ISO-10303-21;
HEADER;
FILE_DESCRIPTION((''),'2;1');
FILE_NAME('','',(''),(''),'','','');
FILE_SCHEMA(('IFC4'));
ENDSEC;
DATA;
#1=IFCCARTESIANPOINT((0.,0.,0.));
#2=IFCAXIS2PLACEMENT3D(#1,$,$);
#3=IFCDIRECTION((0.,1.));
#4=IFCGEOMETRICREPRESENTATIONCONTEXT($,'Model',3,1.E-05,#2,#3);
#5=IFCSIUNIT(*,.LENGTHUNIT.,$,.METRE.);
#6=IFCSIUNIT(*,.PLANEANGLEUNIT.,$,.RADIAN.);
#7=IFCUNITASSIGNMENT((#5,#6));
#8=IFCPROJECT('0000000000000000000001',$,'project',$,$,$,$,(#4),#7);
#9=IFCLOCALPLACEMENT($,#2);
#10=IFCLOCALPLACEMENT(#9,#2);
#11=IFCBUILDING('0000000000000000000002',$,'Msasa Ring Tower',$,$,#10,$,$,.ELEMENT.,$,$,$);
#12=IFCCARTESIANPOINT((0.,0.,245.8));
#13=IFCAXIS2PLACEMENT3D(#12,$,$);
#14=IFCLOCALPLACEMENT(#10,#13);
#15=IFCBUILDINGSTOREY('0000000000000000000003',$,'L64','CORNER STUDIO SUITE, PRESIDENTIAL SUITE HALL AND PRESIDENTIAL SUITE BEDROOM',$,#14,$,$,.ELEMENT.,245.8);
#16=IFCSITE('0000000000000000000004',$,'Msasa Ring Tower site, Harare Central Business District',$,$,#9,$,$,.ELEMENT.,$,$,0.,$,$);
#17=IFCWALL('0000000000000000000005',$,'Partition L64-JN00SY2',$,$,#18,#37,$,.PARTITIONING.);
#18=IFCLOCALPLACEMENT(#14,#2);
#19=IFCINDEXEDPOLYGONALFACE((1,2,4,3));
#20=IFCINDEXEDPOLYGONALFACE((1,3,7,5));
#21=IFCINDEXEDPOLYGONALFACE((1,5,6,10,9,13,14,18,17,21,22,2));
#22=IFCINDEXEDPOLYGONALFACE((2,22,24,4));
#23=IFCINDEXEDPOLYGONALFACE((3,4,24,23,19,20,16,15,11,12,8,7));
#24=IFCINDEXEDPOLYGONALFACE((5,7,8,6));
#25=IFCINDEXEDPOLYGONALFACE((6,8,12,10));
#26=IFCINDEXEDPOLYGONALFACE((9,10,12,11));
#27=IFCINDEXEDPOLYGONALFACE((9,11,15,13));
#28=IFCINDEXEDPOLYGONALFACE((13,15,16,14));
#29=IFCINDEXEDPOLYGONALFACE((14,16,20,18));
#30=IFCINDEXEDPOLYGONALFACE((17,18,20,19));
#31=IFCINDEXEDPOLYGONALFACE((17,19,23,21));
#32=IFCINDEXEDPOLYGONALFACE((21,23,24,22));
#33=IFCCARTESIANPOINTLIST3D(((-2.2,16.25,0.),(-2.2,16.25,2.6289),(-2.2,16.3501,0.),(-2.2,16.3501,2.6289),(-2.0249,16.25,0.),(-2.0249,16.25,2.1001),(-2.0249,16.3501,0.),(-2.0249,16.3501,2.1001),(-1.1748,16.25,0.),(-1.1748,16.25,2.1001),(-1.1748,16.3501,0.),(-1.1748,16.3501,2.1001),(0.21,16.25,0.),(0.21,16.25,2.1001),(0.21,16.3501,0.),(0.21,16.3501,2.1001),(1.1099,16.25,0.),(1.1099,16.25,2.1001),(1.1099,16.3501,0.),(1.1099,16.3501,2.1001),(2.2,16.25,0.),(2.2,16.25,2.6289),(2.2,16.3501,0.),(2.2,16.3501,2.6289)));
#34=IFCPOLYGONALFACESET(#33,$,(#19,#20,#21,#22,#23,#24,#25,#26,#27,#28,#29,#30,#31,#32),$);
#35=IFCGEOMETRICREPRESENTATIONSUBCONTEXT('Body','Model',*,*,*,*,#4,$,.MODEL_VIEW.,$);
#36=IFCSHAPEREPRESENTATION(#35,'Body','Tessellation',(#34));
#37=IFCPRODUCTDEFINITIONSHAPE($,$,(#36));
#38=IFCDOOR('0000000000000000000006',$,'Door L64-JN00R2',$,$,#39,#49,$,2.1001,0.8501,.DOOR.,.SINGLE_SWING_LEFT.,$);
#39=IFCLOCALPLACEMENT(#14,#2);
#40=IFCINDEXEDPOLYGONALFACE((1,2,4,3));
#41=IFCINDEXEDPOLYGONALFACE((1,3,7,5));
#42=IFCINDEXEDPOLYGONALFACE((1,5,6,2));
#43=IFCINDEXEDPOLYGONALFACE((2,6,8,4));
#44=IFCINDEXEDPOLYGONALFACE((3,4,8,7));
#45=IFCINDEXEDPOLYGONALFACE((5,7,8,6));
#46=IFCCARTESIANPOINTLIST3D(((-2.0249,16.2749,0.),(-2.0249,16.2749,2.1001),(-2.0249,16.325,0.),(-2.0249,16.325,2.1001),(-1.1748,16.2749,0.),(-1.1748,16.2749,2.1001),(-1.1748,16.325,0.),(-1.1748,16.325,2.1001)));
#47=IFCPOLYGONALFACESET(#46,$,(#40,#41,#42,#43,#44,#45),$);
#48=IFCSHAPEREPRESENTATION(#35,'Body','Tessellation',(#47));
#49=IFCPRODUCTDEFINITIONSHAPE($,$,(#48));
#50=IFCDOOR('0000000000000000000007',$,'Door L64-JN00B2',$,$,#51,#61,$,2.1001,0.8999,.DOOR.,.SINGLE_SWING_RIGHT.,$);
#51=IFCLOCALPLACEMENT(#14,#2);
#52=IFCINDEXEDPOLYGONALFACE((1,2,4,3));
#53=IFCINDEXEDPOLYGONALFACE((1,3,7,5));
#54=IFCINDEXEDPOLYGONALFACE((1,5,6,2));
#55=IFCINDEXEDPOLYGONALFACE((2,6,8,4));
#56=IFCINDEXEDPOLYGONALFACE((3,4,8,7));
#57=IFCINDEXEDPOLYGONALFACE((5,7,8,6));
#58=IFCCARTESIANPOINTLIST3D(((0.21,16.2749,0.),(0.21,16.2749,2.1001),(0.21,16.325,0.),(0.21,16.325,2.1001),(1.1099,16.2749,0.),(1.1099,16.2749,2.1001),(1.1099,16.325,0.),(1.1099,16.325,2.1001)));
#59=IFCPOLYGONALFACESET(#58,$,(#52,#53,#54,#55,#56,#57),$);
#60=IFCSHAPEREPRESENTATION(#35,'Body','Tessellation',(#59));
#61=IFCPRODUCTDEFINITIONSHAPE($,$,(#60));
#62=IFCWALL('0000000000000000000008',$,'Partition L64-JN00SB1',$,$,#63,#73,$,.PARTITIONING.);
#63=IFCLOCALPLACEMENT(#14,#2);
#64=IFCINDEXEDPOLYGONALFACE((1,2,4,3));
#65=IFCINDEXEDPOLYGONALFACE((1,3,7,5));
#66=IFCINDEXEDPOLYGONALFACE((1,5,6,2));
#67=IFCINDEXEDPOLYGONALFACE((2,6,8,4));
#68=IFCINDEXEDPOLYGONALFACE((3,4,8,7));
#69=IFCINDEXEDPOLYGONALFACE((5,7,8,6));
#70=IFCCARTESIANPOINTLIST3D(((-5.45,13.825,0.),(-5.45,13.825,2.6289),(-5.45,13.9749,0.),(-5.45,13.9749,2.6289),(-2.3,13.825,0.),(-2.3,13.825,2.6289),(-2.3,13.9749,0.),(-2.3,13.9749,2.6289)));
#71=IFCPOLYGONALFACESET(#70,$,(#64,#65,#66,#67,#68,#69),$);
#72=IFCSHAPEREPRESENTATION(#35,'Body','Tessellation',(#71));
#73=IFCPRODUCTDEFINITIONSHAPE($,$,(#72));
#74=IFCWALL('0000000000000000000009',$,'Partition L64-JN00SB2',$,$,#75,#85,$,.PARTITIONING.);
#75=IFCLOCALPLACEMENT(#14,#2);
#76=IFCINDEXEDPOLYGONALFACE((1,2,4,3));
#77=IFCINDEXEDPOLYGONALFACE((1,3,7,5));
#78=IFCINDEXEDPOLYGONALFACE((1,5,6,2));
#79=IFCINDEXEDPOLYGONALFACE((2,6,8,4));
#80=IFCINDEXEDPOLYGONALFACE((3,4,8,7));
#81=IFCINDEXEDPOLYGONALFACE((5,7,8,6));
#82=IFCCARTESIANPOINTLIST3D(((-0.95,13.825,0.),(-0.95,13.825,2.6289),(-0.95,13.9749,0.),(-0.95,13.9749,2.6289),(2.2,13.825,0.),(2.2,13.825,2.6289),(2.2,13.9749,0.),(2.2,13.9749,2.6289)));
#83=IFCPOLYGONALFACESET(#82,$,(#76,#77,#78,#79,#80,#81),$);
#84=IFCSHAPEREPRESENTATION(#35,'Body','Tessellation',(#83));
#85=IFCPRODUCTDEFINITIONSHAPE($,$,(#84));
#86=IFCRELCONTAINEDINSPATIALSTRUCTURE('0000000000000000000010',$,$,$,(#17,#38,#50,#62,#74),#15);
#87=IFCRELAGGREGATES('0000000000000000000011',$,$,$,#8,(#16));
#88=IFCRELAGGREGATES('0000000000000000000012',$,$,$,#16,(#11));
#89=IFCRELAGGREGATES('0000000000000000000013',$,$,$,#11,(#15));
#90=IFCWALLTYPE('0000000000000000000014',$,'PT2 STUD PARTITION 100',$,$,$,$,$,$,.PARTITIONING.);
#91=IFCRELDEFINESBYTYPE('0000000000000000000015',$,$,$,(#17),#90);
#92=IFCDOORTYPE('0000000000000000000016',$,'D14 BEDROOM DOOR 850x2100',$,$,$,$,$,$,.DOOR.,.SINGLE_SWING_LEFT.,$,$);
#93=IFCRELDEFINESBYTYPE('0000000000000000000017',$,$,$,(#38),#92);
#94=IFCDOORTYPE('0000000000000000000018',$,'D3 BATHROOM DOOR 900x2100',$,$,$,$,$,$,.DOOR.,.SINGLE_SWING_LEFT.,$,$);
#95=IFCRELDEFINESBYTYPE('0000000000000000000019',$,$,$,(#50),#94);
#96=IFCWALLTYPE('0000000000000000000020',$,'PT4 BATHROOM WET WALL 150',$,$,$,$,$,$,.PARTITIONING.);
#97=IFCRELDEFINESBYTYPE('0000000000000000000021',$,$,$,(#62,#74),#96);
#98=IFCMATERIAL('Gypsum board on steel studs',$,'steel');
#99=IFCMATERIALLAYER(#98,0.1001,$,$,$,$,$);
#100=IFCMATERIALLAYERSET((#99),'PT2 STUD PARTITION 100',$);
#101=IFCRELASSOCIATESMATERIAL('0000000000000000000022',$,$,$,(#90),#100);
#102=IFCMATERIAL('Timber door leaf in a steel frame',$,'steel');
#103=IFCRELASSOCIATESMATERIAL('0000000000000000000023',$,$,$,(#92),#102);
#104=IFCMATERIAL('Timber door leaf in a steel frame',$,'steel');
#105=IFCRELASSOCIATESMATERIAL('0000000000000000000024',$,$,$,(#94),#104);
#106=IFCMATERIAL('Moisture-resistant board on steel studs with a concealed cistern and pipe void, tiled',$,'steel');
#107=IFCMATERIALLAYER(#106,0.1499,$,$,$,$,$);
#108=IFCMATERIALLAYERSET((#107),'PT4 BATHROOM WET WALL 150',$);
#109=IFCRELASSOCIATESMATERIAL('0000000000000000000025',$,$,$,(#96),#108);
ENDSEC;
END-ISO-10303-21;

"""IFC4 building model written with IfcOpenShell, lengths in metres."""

from ifc_helpers import new_model, si_unit, direction, frame, frame_2d, origin, place, context, subcontext, project, spatial, rectangle, extrude, material, layer, layer_set, type_object, element, fill, save


model = new_model("IFC4")

# Units and contexts
model_context = context("Model", 3, precision=1e-05, world=origin(), true_north=direction((0.0, 1.0)))
body_context = subcontext(model_context, "Body", "Model", "MODEL_VIEW")
ifc_project = project(units=[si_unit("LENGTHUNIT", "METRE"), si_unit("PLANEANGLEUNIT", "RADIAN")], contexts=[model_context])

# Site, building, storey
site_placement = place(None, origin())
site = spatial("IfcSite", under=ifc_project, at=site_placement, Name="Msasa Ring Tower site, Harare Central Business District", CompositionType="ELEMENT", RefElevation=0.0)
building_placement = place(site_placement, origin())
building = spatial("IfcBuilding", under=site, at=building_placement, Name="Msasa Ring Tower", CompositionType="ELEMENT")
storey_placement = place(building_placement, frame((0.0, 0.0, 245.8)))
storey = spatial("IfcBuildingStorey", under=building, at=storey_placement, Name="L64", Description="CORNER STUDIO SUITE, PRESIDENTIAL SUITE HALL AND PRESIDENTIAL SUITE BEDROOM", CompositionType="ELEMENT", Elevation=245.8)

# Wall, openings, doors
ifc_material_1 = material(Name="Gypsum board on steel studs", Category="steel")
ifc_layer_1 = layer(ifc_material_1, 0.1001)
ifc_layer_set_1 = layer_set([ifc_layer_1], Name="PT2 STUD PARTITION 100")
wall_type_1 = type_object("IfcWallType", Name="PT2 STUD PARTITION 100", PredefinedType="PARTITIONING", material=ifc_layer_set_1)
ifc_material_2 = material(Name="Timber door leaf in a steel frame", Category="steel")
door_type_1 = type_object("IfcDoorType", Name="D14 BEDROOM DOOR 850x2100", OperationType="SINGLE_SWING_LEFT", PredefinedType="DOOR", material=ifc_material_2)
ifc_material_3 = material(Name="Timber door leaf in a steel frame", Category="steel")
door_type_2 = type_object("IfcDoorType", Name="D3 BATHROOM DOOR 900x2100", OperationType="SINGLE_SWING_LEFT", PredefinedType="DOOR", material=ifc_material_3)
wall_1_placement = place(storey_placement, frame((-2.2, 16.3, 0.0), z_axis=(0.0, 0.0, 1.0), x_axis=(1.0, 0.0, 0.0)))
wall_1 = element("IfcWall", 1, at=wall_1_placement, inside=storey, type_object=wall_type_1, Name="Partition L64-JN00SY2", PredefinedType="PARTITIONING", context=body_context, shape_type="SweptSolid", body=[
    extrude(rectangle(XDim=4.3999, YDim=0.1001, at=frame_2d((2.2, 0.0))), origin(), (0.0, 0.0, 1.0), 2.6289),
])
opening_1_placement = place(wall_1_placement, frame((0.175, 0.0, 0.0)))
opening_1 = element("IfcOpeningElement", 2, at=opening_1_placement, cuts=wall_1, PredefinedType="OPENING", context=body_context, shape_type="SweptSolid", body=[
    extrude(rectangle(XDim=0.8501, YDim=2.1001, at=frame_2d((0.425, 1.05))), frame((0.0, 0.0601, 0.0), z_axis=(0.0, -1.0, 0.0), x_axis=(1.0, 0.0, 0.0)), (0.0, 0.0, 1.0), 0.1201),
])
opening_2_placement = place(wall_1_placement, frame((2.4099, 0.0, 0.0)))
opening_2 = element("IfcOpeningElement", 3, at=opening_2_placement, cuts=wall_1, PredefinedType="OPENING", context=body_context, shape_type="SweptSolid", body=[
    extrude(rectangle(XDim=0.8999, YDim=2.1001, at=frame_2d((0.45, 1.05))), frame((0.0, 0.0601, 0.0), z_axis=(0.0, -1.0, 0.0), x_axis=(1.0, 0.0, 0.0)), (0.0, 0.0, 1.0), 0.1201),
])
door_1_placement = place(opening_1_placement, origin())
door_1 = element("IfcDoor", 4, at=door_1_placement, inside=storey, type_object=door_type_1, Name="Door L64-JN00R2", OperationType="SINGLE_SWING_LEFT", OverallHeight=2.1001, OverallWidth=0.8501, PredefinedType="DOOR", context=body_context, shape_type="SweptSolid", body=[
    extrude(rectangle(XDim=0.8501, YDim=2.1001, at=frame_2d((0.425, 1.05))), frame((0.0, 0.0249, 0.0), z_axis=(0.0, -1.0, 0.0), x_axis=(1.0, 0.0, 0.0)), (0.0, 0.0, 1.0), 0.05),
])
fill(opening_1, door_1)
door_2_placement = place(opening_2_placement, origin())
door_2 = element("IfcDoor", 5, at=door_2_placement, inside=storey, type_object=door_type_2, Name="Door L64-JN00B2", OperationType="SINGLE_SWING_RIGHT", OverallHeight=2.1001, OverallWidth=0.8999, PredefinedType="DOOR", context=body_context, shape_type="SweptSolid", body=[
    extrude(rectangle(XDim=0.8999, YDim=2.1001, at=frame_2d((0.45, 1.05))), frame((0.0, 0.0249, 0.0), z_axis=(0.0, -1.0, 0.0), x_axis=(1.0, 0.0, 0.0)), (0.0, 0.0, 1.0), 0.05),
])
fill(opening_2, door_2)

# Walls
ifc_material_4 = material(Name="Moisture-resistant board on steel studs with a concealed cistern and pipe void, tiled", Category="steel")
ifc_layer_2 = layer(ifc_material_4, 0.1499)
ifc_layer_set_2 = layer_set([ifc_layer_2], Name="PT4 BATHROOM WET WALL 150")
wall_type_2 = type_object("IfcWallType", Name="PT4 BATHROOM WET WALL 150", PredefinedType="PARTITIONING", material=ifc_layer_set_2)
for number, where, z_axis, x_axis, name in (
    (6, (-5.45, 13.8999, 0.0), (0.0, 0.0, 1.0), (1.0, 0.0, 0.0), "Partition L64-JN00SB1"),
    (7, (-0.95, 13.8999, 0.0), (0.0, 0.0, 1.0), (1.0, 0.0, 0.0), "Partition L64-JN00SB2"),
):
    element("IfcWall", number, at=place(storey_placement, frame(where, z_axis=z_axis, x_axis=x_axis)), inside=storey, type_object=wall_type_2, Name=name, PredefinedType="PARTITIONING", context=body_context, shape_type="SweptSolid", body=[
        extrude(rectangle(XDim=3.1499, YDim=0.1499, at=frame_2d((1.575, 0.0))), origin(), (0.0, 0.0, 1.0), 2.6289),
    ])

save(model, "model.ifc")
